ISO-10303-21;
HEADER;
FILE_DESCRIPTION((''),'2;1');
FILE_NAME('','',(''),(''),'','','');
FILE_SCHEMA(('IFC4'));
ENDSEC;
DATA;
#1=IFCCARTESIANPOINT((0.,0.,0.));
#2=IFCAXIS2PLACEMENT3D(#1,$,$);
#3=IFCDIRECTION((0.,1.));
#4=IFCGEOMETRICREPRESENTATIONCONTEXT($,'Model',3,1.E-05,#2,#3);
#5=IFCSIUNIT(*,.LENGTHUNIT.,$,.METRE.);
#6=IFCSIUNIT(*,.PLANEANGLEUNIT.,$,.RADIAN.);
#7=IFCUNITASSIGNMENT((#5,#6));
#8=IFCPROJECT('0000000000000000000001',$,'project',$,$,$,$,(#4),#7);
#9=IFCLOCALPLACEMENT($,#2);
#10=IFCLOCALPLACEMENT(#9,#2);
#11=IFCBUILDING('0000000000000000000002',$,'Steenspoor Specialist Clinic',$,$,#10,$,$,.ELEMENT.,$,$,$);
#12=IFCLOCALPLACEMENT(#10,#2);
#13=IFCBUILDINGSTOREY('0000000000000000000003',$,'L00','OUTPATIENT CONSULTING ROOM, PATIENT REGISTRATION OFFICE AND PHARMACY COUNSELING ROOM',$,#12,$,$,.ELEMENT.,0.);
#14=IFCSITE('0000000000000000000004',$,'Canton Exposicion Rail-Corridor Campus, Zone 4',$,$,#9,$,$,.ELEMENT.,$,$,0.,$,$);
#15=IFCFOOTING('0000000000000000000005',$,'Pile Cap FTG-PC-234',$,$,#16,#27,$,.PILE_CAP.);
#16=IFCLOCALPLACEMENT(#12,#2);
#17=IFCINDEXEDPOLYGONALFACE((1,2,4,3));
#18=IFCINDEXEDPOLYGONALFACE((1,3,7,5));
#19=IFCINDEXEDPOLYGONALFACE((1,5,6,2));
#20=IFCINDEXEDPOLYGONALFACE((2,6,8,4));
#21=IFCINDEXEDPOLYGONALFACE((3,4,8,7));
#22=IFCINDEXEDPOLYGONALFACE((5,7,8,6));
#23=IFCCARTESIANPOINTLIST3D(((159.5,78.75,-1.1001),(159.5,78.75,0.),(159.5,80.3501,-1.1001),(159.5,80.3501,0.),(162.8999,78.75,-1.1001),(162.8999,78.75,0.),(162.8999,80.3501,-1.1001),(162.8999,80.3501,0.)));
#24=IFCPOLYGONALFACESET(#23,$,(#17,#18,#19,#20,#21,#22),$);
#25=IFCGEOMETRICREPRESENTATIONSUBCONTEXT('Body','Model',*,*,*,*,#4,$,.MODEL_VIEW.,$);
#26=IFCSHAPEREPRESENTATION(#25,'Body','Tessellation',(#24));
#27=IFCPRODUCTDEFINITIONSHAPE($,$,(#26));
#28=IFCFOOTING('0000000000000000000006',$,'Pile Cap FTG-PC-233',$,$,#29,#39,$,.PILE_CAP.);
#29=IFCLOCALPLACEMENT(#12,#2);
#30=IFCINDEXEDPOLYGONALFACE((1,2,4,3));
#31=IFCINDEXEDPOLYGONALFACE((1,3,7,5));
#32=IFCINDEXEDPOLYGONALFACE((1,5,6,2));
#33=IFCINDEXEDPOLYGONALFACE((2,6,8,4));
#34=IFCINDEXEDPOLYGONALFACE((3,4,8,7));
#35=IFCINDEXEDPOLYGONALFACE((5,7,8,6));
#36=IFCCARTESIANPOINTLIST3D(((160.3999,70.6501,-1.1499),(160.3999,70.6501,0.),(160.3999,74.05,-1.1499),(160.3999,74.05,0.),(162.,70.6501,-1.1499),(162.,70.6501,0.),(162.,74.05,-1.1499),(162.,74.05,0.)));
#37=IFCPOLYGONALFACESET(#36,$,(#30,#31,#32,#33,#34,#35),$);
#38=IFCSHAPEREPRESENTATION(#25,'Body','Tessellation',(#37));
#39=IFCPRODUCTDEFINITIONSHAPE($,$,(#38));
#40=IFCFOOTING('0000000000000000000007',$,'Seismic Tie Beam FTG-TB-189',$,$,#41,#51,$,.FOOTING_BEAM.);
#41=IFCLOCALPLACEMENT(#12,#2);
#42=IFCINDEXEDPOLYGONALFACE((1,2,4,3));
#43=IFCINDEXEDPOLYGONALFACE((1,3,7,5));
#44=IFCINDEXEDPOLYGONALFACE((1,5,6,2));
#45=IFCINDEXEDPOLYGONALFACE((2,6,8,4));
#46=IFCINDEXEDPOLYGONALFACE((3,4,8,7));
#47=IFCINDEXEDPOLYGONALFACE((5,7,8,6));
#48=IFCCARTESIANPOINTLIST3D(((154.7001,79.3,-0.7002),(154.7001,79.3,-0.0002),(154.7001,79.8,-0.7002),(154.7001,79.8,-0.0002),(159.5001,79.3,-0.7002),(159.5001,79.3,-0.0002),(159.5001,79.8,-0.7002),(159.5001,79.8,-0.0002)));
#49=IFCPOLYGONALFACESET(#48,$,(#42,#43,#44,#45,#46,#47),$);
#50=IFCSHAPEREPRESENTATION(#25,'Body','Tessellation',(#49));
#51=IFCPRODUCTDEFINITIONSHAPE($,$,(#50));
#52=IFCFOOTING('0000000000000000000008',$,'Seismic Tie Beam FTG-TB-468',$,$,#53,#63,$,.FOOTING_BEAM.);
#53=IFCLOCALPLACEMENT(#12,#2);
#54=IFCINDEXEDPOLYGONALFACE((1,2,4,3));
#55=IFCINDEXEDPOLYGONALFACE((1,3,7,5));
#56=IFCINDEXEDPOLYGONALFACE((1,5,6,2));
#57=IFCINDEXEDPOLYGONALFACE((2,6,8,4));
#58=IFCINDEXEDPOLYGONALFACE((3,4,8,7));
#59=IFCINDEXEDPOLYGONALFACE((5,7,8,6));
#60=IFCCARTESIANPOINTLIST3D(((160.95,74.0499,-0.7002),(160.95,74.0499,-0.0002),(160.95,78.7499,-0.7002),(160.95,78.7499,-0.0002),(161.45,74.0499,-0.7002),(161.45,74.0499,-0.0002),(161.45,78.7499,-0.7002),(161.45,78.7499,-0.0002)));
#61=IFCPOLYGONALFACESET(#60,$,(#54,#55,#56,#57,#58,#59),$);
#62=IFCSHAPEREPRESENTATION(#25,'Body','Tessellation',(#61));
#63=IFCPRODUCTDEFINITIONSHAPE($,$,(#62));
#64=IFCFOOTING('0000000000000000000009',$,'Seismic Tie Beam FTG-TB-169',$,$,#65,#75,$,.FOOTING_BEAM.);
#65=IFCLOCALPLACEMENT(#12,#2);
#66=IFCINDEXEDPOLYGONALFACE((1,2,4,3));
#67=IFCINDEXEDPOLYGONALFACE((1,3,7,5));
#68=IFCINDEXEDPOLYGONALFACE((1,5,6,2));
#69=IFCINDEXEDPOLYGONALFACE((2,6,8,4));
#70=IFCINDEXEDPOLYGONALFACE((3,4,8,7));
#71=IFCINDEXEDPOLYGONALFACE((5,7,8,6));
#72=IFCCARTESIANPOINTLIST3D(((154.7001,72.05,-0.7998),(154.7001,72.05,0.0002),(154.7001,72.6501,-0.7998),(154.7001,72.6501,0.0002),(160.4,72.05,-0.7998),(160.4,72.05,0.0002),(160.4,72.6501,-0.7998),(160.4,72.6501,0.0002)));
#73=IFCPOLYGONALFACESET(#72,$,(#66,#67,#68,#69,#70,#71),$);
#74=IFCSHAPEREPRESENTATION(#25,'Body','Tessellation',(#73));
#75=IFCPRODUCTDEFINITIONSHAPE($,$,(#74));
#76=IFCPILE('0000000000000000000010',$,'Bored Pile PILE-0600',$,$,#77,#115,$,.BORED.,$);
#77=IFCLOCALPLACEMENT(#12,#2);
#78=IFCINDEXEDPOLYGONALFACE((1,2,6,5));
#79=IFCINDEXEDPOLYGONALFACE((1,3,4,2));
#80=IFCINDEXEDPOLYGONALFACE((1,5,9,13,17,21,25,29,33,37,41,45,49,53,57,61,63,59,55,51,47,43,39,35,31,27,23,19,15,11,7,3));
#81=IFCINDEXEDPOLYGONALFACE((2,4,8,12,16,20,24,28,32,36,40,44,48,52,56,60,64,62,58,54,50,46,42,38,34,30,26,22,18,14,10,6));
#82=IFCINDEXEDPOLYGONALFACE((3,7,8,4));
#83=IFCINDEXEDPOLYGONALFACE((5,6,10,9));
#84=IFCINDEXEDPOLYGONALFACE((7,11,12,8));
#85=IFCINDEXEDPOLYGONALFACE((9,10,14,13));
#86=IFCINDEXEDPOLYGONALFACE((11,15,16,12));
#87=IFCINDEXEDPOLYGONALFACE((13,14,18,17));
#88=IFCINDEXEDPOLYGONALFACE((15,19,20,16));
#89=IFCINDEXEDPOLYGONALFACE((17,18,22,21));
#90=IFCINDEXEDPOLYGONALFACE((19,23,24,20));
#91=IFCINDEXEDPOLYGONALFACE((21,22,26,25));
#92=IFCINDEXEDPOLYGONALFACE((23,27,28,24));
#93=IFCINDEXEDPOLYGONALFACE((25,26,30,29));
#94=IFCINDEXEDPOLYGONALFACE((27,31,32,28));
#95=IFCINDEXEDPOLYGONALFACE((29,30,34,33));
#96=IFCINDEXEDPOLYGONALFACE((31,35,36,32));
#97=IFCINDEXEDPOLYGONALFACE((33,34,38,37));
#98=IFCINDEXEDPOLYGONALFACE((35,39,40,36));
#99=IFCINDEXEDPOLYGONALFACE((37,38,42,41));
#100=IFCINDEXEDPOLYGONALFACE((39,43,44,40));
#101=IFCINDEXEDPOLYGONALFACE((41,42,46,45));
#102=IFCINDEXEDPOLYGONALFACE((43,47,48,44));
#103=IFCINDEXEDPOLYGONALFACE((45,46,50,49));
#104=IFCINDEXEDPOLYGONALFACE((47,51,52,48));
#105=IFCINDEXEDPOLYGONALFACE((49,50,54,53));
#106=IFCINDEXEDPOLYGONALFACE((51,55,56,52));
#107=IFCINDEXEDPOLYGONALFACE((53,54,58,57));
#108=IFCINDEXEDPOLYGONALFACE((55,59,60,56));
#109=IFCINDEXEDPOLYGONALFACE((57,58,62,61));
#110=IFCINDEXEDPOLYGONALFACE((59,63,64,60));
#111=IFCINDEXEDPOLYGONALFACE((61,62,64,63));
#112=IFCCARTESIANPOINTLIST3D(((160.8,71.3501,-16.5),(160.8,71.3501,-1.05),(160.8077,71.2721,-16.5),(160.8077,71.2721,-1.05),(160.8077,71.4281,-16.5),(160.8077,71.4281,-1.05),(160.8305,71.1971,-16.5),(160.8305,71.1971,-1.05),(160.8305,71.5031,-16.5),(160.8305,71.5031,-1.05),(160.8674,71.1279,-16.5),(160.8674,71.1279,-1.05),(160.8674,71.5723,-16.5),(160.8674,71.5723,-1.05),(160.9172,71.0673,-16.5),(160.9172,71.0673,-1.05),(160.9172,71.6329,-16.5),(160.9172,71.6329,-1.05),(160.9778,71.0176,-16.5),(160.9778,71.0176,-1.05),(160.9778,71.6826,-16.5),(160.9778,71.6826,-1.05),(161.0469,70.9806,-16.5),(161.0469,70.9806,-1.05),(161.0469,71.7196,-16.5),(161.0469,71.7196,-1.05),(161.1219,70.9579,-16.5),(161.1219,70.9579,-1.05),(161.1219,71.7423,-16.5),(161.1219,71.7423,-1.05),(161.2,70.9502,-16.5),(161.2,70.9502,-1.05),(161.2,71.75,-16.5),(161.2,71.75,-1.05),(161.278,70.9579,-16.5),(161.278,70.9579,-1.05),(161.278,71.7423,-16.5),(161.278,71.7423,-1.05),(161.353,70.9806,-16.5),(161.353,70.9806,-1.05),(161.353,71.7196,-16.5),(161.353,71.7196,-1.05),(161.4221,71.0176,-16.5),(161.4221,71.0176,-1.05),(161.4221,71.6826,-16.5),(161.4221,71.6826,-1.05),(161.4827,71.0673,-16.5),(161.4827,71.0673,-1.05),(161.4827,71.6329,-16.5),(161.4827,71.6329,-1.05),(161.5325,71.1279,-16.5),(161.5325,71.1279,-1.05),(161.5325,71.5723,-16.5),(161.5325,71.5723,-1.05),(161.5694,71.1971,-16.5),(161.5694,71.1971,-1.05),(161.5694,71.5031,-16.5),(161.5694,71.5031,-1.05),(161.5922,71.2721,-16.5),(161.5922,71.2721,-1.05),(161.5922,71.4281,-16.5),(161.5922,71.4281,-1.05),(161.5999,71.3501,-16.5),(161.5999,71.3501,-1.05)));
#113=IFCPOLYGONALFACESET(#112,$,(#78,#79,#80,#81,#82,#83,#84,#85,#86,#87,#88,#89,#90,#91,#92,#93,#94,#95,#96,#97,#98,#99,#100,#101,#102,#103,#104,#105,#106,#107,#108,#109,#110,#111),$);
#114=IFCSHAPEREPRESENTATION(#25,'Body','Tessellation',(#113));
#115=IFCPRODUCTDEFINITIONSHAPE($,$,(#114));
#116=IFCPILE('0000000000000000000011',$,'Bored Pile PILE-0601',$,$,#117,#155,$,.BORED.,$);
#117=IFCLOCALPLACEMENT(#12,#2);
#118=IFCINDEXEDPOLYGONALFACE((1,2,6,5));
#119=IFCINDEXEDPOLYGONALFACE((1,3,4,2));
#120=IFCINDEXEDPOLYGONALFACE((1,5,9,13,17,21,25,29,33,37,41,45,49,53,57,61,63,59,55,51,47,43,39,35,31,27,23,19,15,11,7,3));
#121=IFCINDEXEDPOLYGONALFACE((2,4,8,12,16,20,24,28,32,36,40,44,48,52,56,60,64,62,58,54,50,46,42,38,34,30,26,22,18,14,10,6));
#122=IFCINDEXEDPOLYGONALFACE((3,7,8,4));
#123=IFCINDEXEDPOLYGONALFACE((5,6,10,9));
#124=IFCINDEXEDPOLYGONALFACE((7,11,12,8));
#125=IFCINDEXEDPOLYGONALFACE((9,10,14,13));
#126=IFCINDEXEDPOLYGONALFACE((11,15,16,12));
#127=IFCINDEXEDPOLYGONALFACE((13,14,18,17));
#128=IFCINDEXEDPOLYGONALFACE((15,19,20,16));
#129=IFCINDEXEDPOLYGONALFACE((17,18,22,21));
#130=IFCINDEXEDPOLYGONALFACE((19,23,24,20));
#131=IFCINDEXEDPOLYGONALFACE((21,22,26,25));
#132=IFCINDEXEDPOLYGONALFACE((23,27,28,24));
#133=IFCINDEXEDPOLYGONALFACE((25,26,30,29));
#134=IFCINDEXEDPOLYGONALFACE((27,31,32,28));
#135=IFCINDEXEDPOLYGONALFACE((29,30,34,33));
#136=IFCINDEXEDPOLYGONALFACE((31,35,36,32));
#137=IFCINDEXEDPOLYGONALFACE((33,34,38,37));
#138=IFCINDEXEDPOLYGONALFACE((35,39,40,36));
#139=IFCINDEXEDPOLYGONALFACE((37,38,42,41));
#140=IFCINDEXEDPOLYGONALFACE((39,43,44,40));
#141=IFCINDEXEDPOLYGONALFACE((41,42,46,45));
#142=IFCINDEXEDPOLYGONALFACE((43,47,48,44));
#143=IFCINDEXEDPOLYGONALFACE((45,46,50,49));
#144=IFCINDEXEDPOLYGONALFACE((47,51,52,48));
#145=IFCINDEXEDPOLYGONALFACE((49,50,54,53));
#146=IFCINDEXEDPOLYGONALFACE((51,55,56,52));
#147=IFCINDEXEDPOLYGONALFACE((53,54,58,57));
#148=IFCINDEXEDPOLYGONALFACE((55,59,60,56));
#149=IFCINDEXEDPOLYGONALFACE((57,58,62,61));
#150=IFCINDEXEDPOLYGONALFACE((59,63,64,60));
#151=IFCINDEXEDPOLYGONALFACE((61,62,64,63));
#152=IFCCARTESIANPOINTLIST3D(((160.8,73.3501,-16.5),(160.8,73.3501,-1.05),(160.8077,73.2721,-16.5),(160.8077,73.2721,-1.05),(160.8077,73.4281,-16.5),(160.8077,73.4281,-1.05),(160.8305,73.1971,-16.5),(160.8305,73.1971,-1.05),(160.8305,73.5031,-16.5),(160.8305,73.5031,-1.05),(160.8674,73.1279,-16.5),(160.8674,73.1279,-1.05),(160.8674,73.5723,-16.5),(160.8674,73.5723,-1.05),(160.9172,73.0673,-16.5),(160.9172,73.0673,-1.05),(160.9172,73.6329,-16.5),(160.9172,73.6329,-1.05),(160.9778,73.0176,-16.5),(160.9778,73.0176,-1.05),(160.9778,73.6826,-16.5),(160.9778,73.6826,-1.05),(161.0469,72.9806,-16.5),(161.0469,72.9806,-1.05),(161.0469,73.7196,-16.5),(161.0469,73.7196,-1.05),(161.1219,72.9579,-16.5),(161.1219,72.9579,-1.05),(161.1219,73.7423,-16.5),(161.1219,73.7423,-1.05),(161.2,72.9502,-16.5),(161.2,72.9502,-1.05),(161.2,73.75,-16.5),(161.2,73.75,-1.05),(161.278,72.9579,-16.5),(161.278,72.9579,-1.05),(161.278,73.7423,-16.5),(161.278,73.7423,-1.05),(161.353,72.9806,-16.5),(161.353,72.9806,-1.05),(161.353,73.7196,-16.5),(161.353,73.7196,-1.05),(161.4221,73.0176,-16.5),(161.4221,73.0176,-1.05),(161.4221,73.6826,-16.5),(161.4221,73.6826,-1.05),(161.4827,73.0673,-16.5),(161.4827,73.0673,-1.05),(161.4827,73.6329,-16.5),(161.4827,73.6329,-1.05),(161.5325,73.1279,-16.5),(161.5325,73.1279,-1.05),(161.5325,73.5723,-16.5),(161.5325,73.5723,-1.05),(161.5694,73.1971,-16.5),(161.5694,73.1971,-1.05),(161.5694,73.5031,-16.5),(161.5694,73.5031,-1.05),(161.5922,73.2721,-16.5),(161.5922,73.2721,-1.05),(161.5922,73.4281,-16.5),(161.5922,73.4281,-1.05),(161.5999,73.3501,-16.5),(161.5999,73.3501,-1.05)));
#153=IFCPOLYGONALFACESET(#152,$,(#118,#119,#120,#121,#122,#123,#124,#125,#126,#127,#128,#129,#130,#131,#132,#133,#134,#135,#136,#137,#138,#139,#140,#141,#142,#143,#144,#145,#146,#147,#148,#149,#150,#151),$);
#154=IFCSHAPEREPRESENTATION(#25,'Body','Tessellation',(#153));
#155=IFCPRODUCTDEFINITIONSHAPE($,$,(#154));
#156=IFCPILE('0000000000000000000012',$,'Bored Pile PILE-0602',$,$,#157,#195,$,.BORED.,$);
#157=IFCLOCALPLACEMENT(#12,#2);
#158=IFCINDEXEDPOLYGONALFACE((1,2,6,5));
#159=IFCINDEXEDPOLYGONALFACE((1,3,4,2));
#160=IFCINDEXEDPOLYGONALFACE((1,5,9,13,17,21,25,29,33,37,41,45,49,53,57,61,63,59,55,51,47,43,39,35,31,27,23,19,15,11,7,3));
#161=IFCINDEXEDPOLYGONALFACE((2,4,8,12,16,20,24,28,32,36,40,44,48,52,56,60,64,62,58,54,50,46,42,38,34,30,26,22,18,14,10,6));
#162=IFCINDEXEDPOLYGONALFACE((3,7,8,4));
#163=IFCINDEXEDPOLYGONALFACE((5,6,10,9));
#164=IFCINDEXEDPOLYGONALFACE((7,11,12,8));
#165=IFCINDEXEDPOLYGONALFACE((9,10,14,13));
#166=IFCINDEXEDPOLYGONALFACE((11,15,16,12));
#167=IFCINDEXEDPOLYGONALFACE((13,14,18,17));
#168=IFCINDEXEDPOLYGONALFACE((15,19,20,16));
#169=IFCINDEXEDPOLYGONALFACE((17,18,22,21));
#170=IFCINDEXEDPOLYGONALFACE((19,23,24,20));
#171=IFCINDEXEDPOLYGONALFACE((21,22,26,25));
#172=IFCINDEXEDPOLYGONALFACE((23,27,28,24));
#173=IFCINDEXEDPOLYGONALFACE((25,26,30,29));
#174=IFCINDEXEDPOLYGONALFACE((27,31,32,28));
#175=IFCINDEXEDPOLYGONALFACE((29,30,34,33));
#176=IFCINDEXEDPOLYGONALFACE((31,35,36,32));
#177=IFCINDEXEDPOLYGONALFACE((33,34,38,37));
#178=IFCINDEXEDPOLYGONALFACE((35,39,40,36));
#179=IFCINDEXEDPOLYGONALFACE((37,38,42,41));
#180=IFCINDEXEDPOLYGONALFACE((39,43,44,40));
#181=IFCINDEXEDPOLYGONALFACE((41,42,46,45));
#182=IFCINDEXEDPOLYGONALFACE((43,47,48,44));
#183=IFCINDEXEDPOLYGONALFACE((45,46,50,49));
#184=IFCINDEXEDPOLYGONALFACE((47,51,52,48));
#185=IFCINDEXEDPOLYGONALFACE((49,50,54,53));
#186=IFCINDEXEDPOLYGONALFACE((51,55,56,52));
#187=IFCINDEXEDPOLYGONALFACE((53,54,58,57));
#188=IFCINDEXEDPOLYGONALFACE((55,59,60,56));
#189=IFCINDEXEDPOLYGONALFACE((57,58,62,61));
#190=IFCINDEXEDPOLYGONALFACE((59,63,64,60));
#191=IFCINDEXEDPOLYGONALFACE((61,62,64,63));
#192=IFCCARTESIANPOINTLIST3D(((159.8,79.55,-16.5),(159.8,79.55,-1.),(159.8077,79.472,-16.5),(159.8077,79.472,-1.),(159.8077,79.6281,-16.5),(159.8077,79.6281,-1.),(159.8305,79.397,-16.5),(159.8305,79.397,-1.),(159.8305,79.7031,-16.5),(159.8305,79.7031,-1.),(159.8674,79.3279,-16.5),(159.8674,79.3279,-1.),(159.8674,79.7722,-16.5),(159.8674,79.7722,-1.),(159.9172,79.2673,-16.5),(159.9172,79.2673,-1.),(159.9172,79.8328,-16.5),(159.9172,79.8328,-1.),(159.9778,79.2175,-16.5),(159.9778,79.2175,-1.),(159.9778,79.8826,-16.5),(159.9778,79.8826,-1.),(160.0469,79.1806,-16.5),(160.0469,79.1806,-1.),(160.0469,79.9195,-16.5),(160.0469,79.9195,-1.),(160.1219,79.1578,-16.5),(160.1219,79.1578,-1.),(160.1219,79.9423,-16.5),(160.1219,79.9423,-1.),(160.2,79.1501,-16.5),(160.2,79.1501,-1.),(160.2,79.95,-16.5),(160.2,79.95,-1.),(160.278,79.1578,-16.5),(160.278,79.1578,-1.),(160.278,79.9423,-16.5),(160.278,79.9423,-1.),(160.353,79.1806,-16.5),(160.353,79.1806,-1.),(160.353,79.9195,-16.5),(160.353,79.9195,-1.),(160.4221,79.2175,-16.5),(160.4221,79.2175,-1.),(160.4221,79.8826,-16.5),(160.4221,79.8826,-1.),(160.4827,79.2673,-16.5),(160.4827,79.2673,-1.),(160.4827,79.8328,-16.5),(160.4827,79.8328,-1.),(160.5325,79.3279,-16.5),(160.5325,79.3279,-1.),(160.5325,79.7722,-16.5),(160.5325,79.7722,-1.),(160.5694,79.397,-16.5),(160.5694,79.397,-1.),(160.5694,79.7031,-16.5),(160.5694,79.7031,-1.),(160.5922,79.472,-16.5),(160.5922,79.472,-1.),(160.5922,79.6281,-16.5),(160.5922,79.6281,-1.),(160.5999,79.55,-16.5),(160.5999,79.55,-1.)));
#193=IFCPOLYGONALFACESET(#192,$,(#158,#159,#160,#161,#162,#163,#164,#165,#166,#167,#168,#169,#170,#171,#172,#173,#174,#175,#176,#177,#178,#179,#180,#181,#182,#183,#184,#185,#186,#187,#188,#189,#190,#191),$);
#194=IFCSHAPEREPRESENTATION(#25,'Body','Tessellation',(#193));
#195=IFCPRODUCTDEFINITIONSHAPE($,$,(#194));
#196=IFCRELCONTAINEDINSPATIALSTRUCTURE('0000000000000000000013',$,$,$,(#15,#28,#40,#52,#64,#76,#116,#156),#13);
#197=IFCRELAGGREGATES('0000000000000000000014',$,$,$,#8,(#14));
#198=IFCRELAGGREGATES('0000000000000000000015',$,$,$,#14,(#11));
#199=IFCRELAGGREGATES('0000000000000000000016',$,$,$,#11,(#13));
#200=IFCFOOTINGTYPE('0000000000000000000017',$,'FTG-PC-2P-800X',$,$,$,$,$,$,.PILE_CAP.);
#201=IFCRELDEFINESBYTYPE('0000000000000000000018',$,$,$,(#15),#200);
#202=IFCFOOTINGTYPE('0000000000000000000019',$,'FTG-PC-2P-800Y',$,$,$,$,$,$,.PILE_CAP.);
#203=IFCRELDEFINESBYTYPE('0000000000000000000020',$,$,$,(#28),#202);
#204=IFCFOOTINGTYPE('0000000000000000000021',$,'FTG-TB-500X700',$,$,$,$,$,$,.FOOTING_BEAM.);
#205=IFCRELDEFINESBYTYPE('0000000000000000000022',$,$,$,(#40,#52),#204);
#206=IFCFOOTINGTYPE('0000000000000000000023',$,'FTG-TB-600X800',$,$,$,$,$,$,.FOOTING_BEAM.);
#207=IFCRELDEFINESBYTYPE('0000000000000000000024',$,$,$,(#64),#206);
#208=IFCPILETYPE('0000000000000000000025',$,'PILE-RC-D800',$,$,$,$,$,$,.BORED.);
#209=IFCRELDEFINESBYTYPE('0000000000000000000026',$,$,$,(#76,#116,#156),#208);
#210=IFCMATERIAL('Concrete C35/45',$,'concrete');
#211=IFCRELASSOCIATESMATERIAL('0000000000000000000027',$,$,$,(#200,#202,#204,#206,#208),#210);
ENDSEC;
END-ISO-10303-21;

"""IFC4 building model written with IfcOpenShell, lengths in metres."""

from ifc_helpers import new_model, si_unit, direction, frame, origin, origin_2d, place, context, subcontext, project, spatial, rectangle, circle, extrude, material, material_profile, profile_set, type_object, element, save


model = new_model("IFC4")

# Units and contexts
model_context = context("Model", 3, precision=1e-05, world=origin(), true_north=direction((0.0, 1.0)))
body_context = subcontext(model_context, "Body", "Model", "MODEL_VIEW")
ifc_project = project(units=[si_unit("LENGTHUNIT", "METRE"), si_unit("PLANEANGLEUNIT", "RADIAN")], contexts=[model_context])

# Site, building, storey
site_placement = place(None, origin())
site = spatial("IfcSite", under=ifc_project, at=site_placement, Name="Canton Exposicion Rail-Corridor Campus, Zone 4", CompositionType="ELEMENT", RefElevation=0.0)
building_placement = place(site_placement, origin())
building = spatial("IfcBuilding", under=site, at=building_placement, Name="Steenspoor Specialist Clinic", CompositionType="ELEMENT")
storey_placement = place(building_placement, origin())
storey = spatial("IfcBuildingStorey", under=building, at=storey_placement, Name="L00", Description="OUTPATIENT CONSULTING ROOM, PATIENT REGISTRATION OFFICE AND PHARMACY COUNSELING ROOM", CompositionType="ELEMENT", Elevation=0.0)

# Footings
ifc_material_1 = material(Name="Concrete C35/45", Category="concrete")
footing_type_1 = type_object("IfcFootingType", Name="FTG-PC-2P-800X", PredefinedType="PILE_CAP", material=ifc_material_1)
footing_1_placement = place(storey_placement, frame((161.2, 79.55, -1.1001), z_axis=(0.0, 0.0, 1.0), x_axis=(1.0, 0.0, 0.0)))
element("IfcFooting", 1, at=footing_1_placement, inside=storey, type_object=footing_type_1, Name="Pile Cap FTG-PC-234", PredefinedType="PILE_CAP", context=body_context, shape_type="SweptSolid", body=[
    extrude(rectangle(XDim=3.3999, YDim=1.6001, at=origin_2d()), origin(), (0.0, 0.0, 1.0), 1.1001),
])
footing_type_2 = type_object("IfcFootingType", Name="FTG-PC-2P-800Y", PredefinedType="PILE_CAP", material=ifc_material_1)
footing_2_placement = place(storey_placement, frame((161.2, 72.3501, -1.1499), z_axis=(0.0, 0.0, 1.0), x_axis=(1.0, 0.0, 0.0)))
element("IfcFooting", 2, at=footing_2_placement, inside=storey, type_object=footing_type_2, Name="Pile Cap FTG-PC-233", PredefinedType="PILE_CAP", context=body_context, shape_type="SweptSolid", body=[
    extrude(rectangle(XDim=1.6001, YDim=3.3999, at=origin_2d()), origin(), (0.0, 0.0, 1.0), 1.1499),
])
footing_type_3 = type_object("IfcFootingType", Name="FTG-TB-500X700", PredefinedType="FOOTING_BEAM", material=ifc_material_1)
footing_3_placement = place(storey_placement, frame((157.1001, 79.55, -0.7002), z_axis=(0.0, 0.0, 1.0), x_axis=(1.0, 0.0, 0.0)))
element("IfcFooting", 3, at=footing_3_placement, inside=storey, type_object=footing_type_3, Name="Seismic Tie Beam FTG-TB-189", PredefinedType="FOOTING_BEAM", context=body_context, shape_type="SweptSolid", body=[
    extrude(rectangle(XDim=4.8, YDim=0.5, at=origin_2d()), origin(), (0.0, 0.0, 1.0), 0.7),
])
footing_4_placement = place(storey_placement, frame((161.2, 76.3999, -0.7002), z_axis=(0.0, 0.0, 1.0), x_axis=(1.0, 0.0, 0.0)))
element("IfcFooting", 4, at=footing_4_placement, inside=storey, type_object=footing_type_3, Name="Seismic Tie Beam FTG-TB-468", PredefinedType="FOOTING_BEAM", context=body_context, shape_type="SweptSolid", body=[
    extrude(rectangle(XDim=0.5, YDim=4.7, at=origin_2d()), origin(), (0.0, 0.0, 1.0), 0.7),
])
footing_type_4 = type_object("IfcFootingType", Name="FTG-TB-600X800", PredefinedType="FOOTING_BEAM", material=ifc_material_1)
footing_5_placement = place(storey_placement, frame((157.55, 72.3501, -0.7998), z_axis=(0.0, 0.0, 1.0), x_axis=(1.0, 0.0, 0.0)))
element("IfcFooting", 5, at=footing_5_placement, inside=storey, type_object=footing_type_4, Name="Seismic Tie Beam FTG-TB-169", PredefinedType="FOOTING_BEAM", context=body_context, shape_type="SweptSolid", body=[
    extrude(rectangle(XDim=5.7, YDim=0.6001, at=origin_2d()), origin(), (0.0, 0.0, 1.0), 0.8),
])

# Piles
ifc_material_profile_1 = material_profile(ifc_material_1, circle(Radius=0.3999, at=origin_2d()), Name="PILE-D800")
ifc_profile_set_1 = profile_set([ifc_material_profile_1], Name="Concrete C35/45")
pile_type = type_object("IfcPileType", Name="PILE-RC-D800", PredefinedType="BORED", material=ifc_profile_set_1)
for number, where, z_axis, x_axis, name in (
    (6, (161.2, 71.3501, -1.05), (0.0, 0.0, -1.0), (1.0, 0.0, 0.0), "Bored Pile PILE-0600"),
    (7, (161.2, 73.3501, -1.05), (0.0, 0.0, -1.0), (1.0, 0.0, 0.0), "Bored Pile PILE-0601"),
):
    element("IfcPile", number, at=place(storey_placement, frame(where, z_axis=z_axis, x_axis=x_axis)), inside=storey, type_object=pile_type, Name=name, PredefinedType="BORED", context=body_context, shape_type="SweptSolid", body=[
        extrude(circle(Radius=0.3999, at=origin_2d()), origin(), (0.0, 0.0, 1.0), 15.45),
    ])
for number, where, z_axis, x_axis, name in (
    (8, (160.2, 79.55, -1.0), (0.0, 0.0, -1.0), (1.0, 0.0, 0.0), "Bored Pile PILE-0602"),
):
    element("IfcPile", number, at=place(storey_placement, frame(where, z_axis=z_axis, x_axis=x_axis)), inside=storey, type_object=pile_type, Name=name, PredefinedType="BORED", context=body_context, shape_type="SweptSolid", body=[
        extrude(circle(Radius=0.3999, at=origin_2d()), origin(), (0.0, 0.0, 1.0), 15.5),
    ])

save(model, "model.ifc")
